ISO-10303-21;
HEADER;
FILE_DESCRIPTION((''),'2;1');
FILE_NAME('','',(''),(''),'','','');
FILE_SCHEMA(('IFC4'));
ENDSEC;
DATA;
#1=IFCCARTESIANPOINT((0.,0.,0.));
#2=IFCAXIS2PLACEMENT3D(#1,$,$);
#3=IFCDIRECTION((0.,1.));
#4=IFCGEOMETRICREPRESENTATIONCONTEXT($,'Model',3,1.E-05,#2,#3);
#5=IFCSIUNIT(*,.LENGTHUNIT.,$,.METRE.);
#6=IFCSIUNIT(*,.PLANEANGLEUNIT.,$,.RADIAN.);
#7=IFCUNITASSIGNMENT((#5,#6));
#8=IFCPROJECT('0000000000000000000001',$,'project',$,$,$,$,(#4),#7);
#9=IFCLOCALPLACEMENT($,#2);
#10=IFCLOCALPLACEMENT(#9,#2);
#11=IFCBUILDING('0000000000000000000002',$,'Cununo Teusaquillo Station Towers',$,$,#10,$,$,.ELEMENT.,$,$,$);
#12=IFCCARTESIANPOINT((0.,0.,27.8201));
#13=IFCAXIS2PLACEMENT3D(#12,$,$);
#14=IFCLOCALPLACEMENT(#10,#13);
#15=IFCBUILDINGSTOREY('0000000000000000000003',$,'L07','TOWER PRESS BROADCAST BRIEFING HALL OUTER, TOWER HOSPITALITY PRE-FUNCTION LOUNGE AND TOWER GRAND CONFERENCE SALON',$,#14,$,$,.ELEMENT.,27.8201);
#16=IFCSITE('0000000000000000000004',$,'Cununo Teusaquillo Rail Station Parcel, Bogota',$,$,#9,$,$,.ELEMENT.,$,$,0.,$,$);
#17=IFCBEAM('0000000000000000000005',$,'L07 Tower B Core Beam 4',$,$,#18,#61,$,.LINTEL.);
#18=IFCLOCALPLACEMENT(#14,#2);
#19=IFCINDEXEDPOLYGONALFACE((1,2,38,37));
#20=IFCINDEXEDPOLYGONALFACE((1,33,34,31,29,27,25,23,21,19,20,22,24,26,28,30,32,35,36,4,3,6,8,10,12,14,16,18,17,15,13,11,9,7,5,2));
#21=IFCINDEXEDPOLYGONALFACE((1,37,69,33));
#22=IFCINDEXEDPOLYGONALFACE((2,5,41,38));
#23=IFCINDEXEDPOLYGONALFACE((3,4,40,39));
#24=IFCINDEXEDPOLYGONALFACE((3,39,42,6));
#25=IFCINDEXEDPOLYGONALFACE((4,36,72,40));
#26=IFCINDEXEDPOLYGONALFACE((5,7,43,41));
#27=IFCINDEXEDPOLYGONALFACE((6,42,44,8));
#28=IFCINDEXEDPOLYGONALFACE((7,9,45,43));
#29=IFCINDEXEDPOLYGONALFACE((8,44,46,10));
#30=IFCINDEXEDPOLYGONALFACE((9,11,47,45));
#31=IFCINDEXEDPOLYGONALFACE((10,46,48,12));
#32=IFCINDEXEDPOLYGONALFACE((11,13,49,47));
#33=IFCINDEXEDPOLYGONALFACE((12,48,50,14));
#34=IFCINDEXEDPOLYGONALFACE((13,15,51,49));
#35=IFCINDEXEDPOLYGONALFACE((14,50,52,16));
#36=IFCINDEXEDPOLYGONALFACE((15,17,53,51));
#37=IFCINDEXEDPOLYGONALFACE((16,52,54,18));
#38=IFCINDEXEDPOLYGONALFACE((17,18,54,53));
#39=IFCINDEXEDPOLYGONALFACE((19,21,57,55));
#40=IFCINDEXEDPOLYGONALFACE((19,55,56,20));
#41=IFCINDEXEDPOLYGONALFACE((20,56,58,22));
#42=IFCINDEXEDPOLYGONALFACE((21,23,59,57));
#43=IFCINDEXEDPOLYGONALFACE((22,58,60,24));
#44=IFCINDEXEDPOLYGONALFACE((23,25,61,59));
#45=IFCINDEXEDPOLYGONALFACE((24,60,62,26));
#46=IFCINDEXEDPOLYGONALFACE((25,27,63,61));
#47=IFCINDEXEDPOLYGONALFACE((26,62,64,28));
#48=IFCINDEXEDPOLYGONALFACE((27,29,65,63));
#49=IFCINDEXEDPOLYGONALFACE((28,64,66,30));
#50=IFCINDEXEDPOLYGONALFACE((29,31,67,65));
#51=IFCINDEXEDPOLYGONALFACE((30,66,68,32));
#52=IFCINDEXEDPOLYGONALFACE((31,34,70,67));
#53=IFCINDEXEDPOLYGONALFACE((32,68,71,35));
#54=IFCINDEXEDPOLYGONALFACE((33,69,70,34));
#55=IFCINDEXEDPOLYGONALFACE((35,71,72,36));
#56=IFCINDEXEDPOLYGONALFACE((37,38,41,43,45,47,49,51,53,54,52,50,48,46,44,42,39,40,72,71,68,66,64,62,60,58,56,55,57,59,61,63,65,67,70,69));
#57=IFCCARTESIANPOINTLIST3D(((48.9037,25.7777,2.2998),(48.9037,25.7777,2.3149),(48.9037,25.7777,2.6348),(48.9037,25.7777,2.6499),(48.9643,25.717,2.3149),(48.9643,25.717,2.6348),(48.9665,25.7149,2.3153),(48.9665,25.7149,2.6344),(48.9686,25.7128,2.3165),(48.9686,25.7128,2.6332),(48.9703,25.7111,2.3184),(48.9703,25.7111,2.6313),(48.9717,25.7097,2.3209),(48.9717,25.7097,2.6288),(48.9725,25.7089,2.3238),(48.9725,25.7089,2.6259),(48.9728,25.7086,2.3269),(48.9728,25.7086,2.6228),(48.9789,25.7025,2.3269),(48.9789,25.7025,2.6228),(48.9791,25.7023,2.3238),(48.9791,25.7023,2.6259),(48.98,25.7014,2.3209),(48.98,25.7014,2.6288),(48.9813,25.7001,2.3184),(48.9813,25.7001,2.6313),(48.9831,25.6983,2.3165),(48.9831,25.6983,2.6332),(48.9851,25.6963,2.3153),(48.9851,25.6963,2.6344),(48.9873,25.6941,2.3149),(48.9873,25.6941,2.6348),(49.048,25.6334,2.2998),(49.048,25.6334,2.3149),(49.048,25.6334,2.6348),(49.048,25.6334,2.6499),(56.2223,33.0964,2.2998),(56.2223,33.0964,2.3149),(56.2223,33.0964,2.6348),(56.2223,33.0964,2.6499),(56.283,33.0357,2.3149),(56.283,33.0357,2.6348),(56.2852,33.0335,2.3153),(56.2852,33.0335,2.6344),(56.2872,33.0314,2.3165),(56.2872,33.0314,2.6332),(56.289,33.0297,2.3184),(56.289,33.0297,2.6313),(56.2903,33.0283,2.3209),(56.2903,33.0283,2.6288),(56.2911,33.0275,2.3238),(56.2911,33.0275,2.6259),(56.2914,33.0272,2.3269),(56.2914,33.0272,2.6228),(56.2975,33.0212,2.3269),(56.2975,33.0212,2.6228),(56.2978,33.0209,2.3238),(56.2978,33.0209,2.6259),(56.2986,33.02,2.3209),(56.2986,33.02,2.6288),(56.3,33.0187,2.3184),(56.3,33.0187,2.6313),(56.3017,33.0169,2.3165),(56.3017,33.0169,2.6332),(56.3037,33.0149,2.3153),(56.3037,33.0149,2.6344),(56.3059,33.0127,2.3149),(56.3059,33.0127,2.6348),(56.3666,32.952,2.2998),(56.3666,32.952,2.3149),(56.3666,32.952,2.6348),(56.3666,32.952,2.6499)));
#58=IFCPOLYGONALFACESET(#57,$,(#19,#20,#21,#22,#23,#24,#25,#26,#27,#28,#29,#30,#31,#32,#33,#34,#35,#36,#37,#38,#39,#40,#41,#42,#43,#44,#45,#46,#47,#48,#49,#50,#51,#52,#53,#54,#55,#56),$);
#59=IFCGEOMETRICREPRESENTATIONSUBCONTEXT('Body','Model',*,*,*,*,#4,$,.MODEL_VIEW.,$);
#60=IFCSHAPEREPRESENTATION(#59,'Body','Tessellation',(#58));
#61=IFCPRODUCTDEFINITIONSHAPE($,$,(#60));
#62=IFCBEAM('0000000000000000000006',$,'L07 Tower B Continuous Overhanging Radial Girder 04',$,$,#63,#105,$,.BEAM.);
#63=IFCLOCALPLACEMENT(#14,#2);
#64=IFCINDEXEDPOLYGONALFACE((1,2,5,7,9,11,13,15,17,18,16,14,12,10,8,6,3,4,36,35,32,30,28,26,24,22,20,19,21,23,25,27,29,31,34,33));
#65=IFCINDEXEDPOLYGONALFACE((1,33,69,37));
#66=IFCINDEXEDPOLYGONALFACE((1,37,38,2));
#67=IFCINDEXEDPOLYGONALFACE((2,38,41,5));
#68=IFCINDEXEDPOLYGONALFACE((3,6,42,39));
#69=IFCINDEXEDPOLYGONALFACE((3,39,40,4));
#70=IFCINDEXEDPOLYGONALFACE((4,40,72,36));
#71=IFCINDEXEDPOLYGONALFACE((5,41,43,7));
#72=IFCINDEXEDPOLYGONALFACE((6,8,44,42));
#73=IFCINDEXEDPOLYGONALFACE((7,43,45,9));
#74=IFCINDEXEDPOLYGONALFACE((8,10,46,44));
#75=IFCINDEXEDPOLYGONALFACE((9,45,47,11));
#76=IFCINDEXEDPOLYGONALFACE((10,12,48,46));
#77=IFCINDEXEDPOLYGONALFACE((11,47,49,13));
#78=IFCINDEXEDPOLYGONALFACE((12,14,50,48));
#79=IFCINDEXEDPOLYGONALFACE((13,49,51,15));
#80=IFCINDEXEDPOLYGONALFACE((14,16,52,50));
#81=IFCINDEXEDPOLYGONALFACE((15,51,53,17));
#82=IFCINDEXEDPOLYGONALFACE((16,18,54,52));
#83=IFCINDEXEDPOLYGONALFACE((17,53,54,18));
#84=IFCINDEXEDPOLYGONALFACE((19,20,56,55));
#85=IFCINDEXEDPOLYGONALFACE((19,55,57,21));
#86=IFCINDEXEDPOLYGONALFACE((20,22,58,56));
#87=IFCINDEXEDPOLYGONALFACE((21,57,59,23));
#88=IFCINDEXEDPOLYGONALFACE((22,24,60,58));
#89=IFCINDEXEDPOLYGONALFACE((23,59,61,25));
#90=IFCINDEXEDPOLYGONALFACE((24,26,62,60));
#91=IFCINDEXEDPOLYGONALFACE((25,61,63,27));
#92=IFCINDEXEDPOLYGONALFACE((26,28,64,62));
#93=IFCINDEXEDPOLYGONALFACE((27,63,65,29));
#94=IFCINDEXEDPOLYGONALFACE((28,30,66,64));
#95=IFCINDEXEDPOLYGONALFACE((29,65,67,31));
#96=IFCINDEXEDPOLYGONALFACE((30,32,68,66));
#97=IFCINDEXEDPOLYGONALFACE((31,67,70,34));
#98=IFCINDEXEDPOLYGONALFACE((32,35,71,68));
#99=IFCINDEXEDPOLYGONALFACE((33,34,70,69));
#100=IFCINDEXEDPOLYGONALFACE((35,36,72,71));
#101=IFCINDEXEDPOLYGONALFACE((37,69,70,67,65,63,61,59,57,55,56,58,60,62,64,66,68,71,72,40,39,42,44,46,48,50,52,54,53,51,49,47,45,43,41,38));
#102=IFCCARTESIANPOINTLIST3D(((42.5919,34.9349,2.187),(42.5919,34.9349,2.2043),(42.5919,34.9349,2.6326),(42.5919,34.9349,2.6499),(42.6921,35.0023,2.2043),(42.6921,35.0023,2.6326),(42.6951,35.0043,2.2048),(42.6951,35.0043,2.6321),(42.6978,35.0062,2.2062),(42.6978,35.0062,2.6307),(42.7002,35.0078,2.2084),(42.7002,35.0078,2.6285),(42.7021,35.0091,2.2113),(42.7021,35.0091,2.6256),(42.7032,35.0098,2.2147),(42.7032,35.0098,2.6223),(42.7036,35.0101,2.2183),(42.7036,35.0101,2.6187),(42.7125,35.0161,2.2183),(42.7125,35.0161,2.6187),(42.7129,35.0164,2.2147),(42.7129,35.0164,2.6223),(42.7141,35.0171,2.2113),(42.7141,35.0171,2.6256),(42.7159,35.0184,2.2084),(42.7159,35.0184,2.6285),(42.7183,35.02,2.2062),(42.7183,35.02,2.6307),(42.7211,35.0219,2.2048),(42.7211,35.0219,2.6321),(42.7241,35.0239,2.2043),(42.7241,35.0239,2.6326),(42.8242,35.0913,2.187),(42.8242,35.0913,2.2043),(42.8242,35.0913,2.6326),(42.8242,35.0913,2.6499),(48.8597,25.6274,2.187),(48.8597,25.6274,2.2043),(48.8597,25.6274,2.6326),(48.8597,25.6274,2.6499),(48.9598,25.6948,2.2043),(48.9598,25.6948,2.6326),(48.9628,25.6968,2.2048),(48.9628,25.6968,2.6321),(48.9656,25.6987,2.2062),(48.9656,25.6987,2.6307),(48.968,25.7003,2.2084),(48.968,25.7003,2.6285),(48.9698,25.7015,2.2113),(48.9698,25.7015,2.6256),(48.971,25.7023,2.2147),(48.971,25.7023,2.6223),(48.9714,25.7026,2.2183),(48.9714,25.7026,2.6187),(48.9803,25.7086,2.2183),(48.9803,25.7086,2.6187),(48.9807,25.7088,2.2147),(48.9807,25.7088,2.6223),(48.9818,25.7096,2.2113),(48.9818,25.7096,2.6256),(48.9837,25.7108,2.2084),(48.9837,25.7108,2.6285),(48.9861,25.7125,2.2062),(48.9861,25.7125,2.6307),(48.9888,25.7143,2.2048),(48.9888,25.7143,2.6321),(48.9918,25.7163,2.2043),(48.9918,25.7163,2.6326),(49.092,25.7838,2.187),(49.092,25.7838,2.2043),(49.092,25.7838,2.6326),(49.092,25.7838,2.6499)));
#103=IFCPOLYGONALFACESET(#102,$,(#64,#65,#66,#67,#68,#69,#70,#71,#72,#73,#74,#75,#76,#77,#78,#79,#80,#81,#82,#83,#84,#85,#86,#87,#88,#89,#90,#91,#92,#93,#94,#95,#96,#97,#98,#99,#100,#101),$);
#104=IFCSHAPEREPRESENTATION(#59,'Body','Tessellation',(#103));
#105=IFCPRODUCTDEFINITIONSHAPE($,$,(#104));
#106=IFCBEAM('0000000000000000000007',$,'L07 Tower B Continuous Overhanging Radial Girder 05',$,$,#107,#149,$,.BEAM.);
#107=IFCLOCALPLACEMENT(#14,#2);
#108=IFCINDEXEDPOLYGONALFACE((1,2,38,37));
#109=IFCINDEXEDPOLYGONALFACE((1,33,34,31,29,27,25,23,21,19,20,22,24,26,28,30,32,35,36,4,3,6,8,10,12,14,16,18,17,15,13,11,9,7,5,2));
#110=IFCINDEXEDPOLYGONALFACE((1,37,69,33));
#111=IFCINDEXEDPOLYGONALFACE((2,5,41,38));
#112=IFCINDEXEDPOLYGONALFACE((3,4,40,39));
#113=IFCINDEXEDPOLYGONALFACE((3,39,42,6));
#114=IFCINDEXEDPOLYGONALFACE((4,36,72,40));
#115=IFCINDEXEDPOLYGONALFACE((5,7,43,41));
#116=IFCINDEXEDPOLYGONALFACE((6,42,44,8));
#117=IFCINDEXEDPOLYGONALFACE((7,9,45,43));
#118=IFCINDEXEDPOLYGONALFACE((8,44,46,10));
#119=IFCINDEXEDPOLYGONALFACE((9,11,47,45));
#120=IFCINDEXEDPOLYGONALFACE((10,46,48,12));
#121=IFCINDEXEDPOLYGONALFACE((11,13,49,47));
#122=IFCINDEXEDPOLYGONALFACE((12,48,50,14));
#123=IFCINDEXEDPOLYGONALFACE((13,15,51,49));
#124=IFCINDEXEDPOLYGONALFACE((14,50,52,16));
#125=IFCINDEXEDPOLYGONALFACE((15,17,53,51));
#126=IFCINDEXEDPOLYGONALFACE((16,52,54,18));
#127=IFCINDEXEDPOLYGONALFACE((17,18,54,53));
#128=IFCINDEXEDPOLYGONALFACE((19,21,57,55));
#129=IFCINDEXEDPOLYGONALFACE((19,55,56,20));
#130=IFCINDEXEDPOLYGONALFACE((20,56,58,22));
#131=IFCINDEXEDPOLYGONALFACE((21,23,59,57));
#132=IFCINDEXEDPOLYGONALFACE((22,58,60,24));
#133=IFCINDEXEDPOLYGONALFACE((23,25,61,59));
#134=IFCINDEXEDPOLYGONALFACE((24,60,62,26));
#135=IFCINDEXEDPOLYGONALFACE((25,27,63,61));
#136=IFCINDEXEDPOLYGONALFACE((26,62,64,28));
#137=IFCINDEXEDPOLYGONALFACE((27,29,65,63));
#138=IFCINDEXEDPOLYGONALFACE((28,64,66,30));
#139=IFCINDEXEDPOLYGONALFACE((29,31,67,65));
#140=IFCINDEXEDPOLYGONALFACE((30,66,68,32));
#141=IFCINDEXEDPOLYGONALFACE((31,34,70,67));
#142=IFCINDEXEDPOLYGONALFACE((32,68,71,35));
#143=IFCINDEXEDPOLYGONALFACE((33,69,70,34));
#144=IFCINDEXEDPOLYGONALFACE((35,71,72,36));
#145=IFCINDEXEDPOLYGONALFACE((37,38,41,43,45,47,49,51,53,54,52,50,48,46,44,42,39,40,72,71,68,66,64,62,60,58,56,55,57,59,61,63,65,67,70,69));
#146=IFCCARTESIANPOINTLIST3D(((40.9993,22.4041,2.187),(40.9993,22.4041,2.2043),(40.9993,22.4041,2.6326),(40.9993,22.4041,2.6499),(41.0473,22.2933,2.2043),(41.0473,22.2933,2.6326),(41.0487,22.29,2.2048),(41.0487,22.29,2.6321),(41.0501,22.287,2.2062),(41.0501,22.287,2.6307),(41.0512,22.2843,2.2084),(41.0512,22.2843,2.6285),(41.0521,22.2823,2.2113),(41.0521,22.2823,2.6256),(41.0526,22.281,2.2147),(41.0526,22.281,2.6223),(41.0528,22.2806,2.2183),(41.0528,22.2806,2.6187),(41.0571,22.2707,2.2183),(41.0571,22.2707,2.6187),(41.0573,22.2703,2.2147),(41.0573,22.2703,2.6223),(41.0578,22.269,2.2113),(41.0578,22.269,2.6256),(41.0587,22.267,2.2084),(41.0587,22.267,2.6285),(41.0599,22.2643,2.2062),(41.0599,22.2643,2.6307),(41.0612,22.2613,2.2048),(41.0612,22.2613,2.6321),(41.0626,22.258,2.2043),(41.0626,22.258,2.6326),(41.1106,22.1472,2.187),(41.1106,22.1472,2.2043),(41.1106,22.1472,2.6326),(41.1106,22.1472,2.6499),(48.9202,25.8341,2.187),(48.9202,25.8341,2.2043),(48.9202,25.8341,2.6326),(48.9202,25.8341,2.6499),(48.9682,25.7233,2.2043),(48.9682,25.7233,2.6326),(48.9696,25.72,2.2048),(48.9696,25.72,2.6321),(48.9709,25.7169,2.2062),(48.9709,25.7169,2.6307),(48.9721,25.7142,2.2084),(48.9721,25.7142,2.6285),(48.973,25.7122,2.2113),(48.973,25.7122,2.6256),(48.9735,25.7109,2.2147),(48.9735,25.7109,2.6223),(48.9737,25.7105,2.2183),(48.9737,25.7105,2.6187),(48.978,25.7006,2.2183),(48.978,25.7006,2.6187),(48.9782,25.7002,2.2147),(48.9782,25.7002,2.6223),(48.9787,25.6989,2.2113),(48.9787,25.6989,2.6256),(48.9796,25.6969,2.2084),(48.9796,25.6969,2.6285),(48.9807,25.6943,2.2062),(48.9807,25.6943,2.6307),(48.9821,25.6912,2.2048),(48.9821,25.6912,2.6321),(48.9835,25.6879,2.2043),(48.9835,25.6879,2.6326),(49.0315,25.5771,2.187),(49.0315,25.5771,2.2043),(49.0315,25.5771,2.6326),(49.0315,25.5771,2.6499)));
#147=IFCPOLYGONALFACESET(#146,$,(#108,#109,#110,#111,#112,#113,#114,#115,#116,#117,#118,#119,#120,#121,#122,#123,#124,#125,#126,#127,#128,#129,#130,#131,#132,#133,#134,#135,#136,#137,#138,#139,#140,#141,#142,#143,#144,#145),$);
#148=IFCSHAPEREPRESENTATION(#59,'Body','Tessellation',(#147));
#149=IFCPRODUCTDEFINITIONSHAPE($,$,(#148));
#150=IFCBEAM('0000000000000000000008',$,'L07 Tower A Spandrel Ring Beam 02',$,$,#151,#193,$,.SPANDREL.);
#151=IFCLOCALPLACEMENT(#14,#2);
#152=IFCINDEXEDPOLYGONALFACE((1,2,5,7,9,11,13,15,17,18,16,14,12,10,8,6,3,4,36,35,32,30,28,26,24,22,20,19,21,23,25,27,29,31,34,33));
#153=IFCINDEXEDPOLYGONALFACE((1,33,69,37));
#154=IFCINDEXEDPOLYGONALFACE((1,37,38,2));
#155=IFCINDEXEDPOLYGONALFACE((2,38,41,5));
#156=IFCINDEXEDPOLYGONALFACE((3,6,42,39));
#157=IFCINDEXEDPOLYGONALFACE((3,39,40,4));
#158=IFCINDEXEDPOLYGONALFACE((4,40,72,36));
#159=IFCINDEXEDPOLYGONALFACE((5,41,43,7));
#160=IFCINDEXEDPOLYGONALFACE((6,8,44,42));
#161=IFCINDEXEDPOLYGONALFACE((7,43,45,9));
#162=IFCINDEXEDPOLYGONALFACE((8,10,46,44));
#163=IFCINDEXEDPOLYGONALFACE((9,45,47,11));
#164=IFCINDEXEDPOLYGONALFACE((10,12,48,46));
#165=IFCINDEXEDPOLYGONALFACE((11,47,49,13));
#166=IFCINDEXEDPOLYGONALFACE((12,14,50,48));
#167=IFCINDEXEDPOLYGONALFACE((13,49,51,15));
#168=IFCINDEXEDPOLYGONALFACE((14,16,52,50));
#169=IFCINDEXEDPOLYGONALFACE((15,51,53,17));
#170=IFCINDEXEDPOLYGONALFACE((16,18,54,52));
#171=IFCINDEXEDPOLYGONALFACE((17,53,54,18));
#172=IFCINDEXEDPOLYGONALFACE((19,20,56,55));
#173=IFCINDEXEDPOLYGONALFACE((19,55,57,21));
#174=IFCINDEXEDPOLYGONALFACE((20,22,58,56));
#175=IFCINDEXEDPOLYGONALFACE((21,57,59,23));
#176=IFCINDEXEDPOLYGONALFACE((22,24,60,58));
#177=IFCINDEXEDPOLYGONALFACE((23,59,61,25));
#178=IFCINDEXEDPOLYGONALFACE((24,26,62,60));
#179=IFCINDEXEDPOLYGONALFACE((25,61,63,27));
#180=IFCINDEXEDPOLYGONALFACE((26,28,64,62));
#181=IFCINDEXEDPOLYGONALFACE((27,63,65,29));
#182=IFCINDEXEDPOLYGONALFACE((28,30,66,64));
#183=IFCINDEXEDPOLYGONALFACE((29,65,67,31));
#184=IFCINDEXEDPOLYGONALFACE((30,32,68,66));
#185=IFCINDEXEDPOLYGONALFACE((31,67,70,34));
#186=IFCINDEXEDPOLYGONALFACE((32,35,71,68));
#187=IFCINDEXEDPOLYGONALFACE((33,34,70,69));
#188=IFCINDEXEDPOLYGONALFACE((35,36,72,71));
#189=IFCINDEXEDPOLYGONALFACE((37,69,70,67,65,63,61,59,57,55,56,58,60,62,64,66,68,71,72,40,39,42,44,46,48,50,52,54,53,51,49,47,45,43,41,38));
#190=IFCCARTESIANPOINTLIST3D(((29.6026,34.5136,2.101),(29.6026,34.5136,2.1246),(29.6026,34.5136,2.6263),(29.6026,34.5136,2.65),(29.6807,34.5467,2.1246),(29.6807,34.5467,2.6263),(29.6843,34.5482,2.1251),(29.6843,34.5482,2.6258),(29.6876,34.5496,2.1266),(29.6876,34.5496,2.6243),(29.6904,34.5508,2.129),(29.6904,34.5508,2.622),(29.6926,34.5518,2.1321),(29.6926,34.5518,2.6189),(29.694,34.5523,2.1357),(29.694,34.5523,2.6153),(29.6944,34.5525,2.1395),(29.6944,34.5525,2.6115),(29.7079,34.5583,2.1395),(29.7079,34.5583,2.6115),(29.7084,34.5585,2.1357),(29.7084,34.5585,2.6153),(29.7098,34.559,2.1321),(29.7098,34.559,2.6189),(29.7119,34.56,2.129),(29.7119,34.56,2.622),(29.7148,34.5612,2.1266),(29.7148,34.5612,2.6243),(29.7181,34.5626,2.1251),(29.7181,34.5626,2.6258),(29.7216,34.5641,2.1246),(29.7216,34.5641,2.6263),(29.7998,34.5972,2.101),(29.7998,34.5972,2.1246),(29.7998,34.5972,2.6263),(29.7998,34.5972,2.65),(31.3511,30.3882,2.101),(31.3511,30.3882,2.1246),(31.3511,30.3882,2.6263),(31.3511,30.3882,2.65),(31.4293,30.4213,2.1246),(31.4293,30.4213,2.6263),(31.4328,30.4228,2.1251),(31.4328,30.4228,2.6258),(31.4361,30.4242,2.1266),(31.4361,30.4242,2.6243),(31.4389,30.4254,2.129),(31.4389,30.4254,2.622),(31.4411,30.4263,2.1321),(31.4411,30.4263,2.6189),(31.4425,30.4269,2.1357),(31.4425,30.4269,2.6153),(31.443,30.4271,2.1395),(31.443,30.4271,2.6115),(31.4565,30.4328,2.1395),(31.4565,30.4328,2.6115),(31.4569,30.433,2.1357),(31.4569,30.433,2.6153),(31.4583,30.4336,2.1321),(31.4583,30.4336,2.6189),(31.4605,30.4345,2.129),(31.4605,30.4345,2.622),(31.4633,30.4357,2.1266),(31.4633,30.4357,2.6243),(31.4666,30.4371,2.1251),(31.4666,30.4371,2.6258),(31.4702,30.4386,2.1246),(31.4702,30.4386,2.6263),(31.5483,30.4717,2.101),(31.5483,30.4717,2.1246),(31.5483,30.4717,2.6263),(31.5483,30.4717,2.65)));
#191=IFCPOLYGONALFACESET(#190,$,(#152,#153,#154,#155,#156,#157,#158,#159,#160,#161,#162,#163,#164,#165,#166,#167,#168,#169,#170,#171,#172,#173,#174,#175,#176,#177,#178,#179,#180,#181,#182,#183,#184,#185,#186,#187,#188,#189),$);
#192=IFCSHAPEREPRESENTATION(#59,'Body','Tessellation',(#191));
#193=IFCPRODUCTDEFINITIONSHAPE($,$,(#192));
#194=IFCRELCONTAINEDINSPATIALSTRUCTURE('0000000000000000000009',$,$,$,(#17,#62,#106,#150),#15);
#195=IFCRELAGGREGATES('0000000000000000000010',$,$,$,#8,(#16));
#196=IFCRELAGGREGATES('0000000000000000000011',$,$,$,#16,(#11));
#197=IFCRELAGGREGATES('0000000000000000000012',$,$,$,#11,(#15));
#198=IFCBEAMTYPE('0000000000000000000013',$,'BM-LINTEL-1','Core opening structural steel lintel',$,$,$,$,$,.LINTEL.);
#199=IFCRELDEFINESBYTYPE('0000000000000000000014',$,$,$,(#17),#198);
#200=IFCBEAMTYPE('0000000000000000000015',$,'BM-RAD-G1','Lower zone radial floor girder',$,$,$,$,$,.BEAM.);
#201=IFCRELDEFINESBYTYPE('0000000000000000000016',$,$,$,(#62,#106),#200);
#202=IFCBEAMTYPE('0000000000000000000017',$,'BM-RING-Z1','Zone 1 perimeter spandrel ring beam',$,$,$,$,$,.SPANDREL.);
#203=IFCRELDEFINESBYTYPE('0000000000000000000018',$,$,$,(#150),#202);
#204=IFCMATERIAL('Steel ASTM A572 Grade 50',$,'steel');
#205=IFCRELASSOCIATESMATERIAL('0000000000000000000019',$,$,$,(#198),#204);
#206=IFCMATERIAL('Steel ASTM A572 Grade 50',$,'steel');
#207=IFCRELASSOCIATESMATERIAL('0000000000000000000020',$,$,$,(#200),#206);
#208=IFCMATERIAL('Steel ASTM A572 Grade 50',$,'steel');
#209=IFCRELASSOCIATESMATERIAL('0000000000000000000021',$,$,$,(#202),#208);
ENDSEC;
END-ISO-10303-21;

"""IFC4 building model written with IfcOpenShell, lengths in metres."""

from ifc_helpers import new_model, si_unit, direction, frame, origin, origin_2d, place, context, subcontext, project, spatial, i_section, extrude, material, material_profile, profile_set, type_object, element, save


model = new_model("IFC4")

# Units and contexts
model_context = context("Model", 3, precision=1e-05, world=origin(), true_north=direction((0.0, 1.0)))
body_context = subcontext(model_context, "Body", "Model", "MODEL_VIEW")
ifc_project = project(units=[si_unit("LENGTHUNIT", "METRE"), si_unit("PLANEANGLEUNIT", "RADIAN")], contexts=[model_context])

# Site, building, storey
site_placement = place(None, origin())
site = spatial("IfcSite", under=ifc_project, at=site_placement, Name="Cununo Teusaquillo Rail Station Parcel, Bogota", CompositionType="ELEMENT", RefElevation=0.0)
building_placement = place(site_placement, origin())
building = spatial("IfcBuilding", under=site, at=building_placement, Name="Cununo Teusaquillo Station Towers", CompositionType="ELEMENT")
storey_placement = place(building_placement, frame((0.0, 0.0, 27.8201)))
storey = spatial("IfcBuildingStorey", under=building, at=storey_placement, Name="L07", Description="TOWER PRESS BROADCAST BRIEFING HALL OUTER, TOWER HOSPITALITY PRE-FUNCTION LOUNGE AND TOWER GRAND CONFERENCE SALON", CompositionType="ELEMENT", Elevation=27.8201)

# Beams
ifc_material_1 = material(Name="Steel ASTM A572 Grade 50", Category="steel")
ifc_material_profile_1 = material_profile(ifc_material_1, i_section(OverallWidth=0.2041, OverallDepth=0.3501, WebThickness=0.0085, FlangeThickness=0.0151, FilletRadius=0.012, at=origin_2d()), Name="W14X48")
ifc_profile_set_1 = profile_set([ifc_material_profile_1], Name="Steel ASTM A572 Grade 50")
beam_type_1 = type_object("IfcBeamType", Name="BM-LINTEL-1", Description="Core opening structural steel lintel", PredefinedType="LINTEL", material=ifc_profile_set_1)
beam_1_placement = place(storey_placement, frame((48.9758, 25.7056, 2.4749), z_axis=(0.707107, 0.707107, 0.0), x_axis=(-0.707107, 0.707107, 0.0)))
element("IfcBeam", 1, at=beam_1_placement, inside=storey, type_object=beam_type_1, Name="L07 Tower B Core Beam 4", PredefinedType="LINTEL", context=body_context, shape_type="SweptSolid", body=[
    extrude(i_section(OverallWidth=0.2041, OverallDepth=0.3501, WebThickness=0.0085, FlangeThickness=0.0151, FilletRadius=0.012, at=origin_2d()), origin(), (0.0, 0.0, 1.0), 10.3501),
])
ifc_material_2 = material(Name="Steel ASTM A572 Grade 50", Category="steel")
ifc_material_profile_2 = material_profile(ifc_material_2, i_section(OverallWidth=0.28, OverallDepth=0.4629, WebThickness=0.0107, FlangeThickness=0.0173, FilletRadius=0.0139, at=origin_2d()), Name="W18X76")
ifc_profile_set_2 = profile_set([ifc_material_profile_2], Name="Steel ASTM A572 Grade 50")
beam_type_2 = type_object("IfcBeamType", Name="BM-RAD-G1", Description="Lower zone radial floor girder", PredefinedType="BEAM", material=ifc_profile_set_2)
beam_2_placement = place(storey_placement, frame((48.9758, 25.7056, 2.4185), z_axis=(-0.558565, 0.829461, 0.0), x_axis=(-0.829461, -0.558565, 0.0)))
element("IfcBeam", 2, at=beam_2_placement, inside=storey, type_object=beam_type_2, Name="L07 Tower B Continuous Overhanging Radial Girder 04", PredefinedType="BEAM", context=body_context, shape_type="SweptSolid", body=[
    extrude(i_section(OverallWidth=0.28, OverallDepth=0.4629, WebThickness=0.0107, FlangeThickness=0.0173, FilletRadius=0.0139, at=origin_2d()), origin(), (0.0, 0.0, 1.0), 11.2212),
])
beam_3_placement = place(storey_placement, frame((48.9758, 25.7056, 2.4185), z_axis=(-0.917659, -0.397368, 0.0), x_axis=(0.397368, -0.917659, 0.0)))
element("IfcBeam", 3, at=beam_3_placement, inside=storey, type_object=beam_type_2, Name="L07 Tower B Continuous Overhanging Radial Girder 05", PredefinedType="BEAM", context=body_context, shape_type="SweptSolid", body=[
    extrude(i_section(OverallWidth=0.28, OverallDepth=0.4629, WebThickness=0.0107, FlangeThickness=0.0173, FilletRadius=0.0139, at=origin_2d()), origin(), (0.0, 0.0, 1.0), 8.6316),
])
ifc_material_3 = material(Name="Steel ASTM A572 Grade 50", Category="steel")
ifc_material_profile_3 = material_profile(ifc_material_3, i_section(OverallWidth=0.2141, OverallDepth=0.5491, WebThickness=0.0146, FlangeThickness=0.0237, FilletRadius=0.0149, at=origin_2d()), Name="W21X93")
ifc_profile_set_3 = profile_set([ifc_material_profile_3], Name="Steel ASTM A572 Grade 50")
beam_type_3 = type_object("IfcBeamType", Name="BM-RING-Z1", Description="Zone 1 perimeter spandrel ring beam", PredefinedType="SPANDREL", material=ifc_profile_set_3)
beam_4_placement = place(storey_placement, frame((31.4497, 30.4299, 2.3755), z_axis=(-0.390234, 0.920716, 0.0), x_axis=(-0.920716, -0.390234, 0.0)))
element("IfcBeam", 4, at=beam_4_placement, inside=storey, type_object=beam_type_3, Name="L07 Tower A Spandrel Ring Beam 02", PredefinedType="SPANDREL", context=body_context, shape_type="SweptSolid", body=[
    extrude(i_section(OverallWidth=0.2141, OverallDepth=0.5491, WebThickness=0.0146, FlangeThickness=0.0237, FilletRadius=0.0149, at=origin_2d()), origin(), (0.0, 0.0, 1.0), 4.4807),
])

save(model, "model.ifc")
